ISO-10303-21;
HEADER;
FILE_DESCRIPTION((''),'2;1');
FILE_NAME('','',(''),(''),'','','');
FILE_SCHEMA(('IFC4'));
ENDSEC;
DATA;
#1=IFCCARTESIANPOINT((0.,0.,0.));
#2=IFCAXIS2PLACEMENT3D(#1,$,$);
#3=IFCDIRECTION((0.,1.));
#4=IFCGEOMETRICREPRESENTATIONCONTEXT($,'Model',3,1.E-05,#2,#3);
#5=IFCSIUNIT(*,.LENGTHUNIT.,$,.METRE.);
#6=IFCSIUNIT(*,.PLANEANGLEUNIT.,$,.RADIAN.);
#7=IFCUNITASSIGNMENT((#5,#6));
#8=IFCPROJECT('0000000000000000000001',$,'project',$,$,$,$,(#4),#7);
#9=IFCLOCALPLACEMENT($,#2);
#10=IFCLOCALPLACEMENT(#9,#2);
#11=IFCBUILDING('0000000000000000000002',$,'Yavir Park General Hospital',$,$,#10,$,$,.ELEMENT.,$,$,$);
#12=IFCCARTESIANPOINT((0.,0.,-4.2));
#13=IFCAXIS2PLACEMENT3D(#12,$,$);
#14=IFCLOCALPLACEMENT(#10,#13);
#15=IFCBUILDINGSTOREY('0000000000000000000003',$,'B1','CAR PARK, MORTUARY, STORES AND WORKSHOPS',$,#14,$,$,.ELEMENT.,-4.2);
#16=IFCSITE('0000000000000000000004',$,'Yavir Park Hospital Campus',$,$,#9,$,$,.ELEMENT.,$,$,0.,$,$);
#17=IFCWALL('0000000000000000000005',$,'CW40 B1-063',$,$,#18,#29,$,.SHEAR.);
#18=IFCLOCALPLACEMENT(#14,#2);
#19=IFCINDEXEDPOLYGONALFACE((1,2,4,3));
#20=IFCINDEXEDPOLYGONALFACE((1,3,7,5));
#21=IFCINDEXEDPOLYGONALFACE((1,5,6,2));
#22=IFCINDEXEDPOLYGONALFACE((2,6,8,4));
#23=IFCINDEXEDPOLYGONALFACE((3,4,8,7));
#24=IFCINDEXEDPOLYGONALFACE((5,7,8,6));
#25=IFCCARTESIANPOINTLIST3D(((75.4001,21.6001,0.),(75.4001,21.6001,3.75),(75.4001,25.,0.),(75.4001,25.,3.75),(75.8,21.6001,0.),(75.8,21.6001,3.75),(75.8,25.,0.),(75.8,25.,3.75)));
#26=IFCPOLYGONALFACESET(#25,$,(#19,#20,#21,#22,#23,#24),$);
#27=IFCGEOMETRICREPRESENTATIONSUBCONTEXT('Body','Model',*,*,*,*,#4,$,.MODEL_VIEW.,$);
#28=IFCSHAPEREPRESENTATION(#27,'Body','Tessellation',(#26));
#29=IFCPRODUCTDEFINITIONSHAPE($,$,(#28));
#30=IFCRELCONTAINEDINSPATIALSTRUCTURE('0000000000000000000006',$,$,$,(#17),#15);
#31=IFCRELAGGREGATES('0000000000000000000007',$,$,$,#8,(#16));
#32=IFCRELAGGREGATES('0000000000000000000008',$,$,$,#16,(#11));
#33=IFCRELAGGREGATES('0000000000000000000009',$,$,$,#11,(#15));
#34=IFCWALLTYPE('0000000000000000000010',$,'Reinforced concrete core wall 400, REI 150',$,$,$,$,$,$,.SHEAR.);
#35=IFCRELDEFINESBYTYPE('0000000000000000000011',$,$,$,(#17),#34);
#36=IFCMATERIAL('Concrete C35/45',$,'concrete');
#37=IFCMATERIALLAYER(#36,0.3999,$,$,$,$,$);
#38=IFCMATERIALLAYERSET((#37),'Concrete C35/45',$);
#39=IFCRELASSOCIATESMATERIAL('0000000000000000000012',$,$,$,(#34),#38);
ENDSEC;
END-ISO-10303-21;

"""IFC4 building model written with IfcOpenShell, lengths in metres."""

from ifc_helpers import new_model, si_unit, direction, frame, frame_2d, origin, place, context, subcontext, project, spatial, rectangle, extrude, material, layer, layer_set, type_object, element, save


model = new_model("IFC4")

# Units and contexts
model_context = context("Model", 3, precision=1e-05, world=origin(), true_north=direction((0.0, 1.0)))
body_context = subcontext(model_context, "Body", "Model", "MODEL_VIEW")
ifc_project = project(units=[si_unit("LENGTHUNIT", "METRE"), si_unit("PLANEANGLEUNIT", "RADIAN")], contexts=[model_context])

# Site, building, storey
site_placement = place(None, origin())
site = spatial("IfcSite", under=ifc_project, at=site_placement, Name="Yavir Park Hospital Campus", CompositionType="ELEMENT", RefElevation=0.0)
building_placement = place(site_placement, origin())
building = spatial("IfcBuilding", under=site, at=building_placement, Name="Yavir Park General Hospital", CompositionType="ELEMENT")
storey_placement = place(building_placement, frame((0.0, 0.0, -4.2)))
storey = spatial("IfcBuildingStorey", under=building, at=storey_placement, Name="B1", Description="CAR PARK, MORTUARY, STORES AND WORKSHOPS", CompositionType="ELEMENT", Elevation=-4.2)

# Wall
ifc_material_1 = material(Name="Concrete C35/45", Category="concrete")
ifc_layer_1 = layer(ifc_material_1, 0.3999)
ifc_layer_set_1 = layer_set([ifc_layer_1], Name="Concrete C35/45")
wall_type_1 = type_object("IfcWallType", Name="Reinforced concrete core wall 400, REI 150", PredefinedType="SHEAR", material=ifc_layer_set_1)
wall_1_placement = place(storey_placement, frame((75.6001, 21.6001, 0.0), z_axis=(0.0, 0.0, 1.0), x_axis=(0.0, 1.0, 0.0)))
element("IfcWall", 1, at=wall_1_placement, inside=storey, type_object=wall_type_1, Name="CW40 B1-063", PredefinedType="SHEAR", context=body_context, shape_type="SweptSolid", body=[
    extrude(rectangle(XDim=3.3999, YDim=0.3999, at=frame_2d((1.7, 0.0))), origin(), (0.0, 0.0, 1.0), 3.75),
])

save(model, "model.ifc")
